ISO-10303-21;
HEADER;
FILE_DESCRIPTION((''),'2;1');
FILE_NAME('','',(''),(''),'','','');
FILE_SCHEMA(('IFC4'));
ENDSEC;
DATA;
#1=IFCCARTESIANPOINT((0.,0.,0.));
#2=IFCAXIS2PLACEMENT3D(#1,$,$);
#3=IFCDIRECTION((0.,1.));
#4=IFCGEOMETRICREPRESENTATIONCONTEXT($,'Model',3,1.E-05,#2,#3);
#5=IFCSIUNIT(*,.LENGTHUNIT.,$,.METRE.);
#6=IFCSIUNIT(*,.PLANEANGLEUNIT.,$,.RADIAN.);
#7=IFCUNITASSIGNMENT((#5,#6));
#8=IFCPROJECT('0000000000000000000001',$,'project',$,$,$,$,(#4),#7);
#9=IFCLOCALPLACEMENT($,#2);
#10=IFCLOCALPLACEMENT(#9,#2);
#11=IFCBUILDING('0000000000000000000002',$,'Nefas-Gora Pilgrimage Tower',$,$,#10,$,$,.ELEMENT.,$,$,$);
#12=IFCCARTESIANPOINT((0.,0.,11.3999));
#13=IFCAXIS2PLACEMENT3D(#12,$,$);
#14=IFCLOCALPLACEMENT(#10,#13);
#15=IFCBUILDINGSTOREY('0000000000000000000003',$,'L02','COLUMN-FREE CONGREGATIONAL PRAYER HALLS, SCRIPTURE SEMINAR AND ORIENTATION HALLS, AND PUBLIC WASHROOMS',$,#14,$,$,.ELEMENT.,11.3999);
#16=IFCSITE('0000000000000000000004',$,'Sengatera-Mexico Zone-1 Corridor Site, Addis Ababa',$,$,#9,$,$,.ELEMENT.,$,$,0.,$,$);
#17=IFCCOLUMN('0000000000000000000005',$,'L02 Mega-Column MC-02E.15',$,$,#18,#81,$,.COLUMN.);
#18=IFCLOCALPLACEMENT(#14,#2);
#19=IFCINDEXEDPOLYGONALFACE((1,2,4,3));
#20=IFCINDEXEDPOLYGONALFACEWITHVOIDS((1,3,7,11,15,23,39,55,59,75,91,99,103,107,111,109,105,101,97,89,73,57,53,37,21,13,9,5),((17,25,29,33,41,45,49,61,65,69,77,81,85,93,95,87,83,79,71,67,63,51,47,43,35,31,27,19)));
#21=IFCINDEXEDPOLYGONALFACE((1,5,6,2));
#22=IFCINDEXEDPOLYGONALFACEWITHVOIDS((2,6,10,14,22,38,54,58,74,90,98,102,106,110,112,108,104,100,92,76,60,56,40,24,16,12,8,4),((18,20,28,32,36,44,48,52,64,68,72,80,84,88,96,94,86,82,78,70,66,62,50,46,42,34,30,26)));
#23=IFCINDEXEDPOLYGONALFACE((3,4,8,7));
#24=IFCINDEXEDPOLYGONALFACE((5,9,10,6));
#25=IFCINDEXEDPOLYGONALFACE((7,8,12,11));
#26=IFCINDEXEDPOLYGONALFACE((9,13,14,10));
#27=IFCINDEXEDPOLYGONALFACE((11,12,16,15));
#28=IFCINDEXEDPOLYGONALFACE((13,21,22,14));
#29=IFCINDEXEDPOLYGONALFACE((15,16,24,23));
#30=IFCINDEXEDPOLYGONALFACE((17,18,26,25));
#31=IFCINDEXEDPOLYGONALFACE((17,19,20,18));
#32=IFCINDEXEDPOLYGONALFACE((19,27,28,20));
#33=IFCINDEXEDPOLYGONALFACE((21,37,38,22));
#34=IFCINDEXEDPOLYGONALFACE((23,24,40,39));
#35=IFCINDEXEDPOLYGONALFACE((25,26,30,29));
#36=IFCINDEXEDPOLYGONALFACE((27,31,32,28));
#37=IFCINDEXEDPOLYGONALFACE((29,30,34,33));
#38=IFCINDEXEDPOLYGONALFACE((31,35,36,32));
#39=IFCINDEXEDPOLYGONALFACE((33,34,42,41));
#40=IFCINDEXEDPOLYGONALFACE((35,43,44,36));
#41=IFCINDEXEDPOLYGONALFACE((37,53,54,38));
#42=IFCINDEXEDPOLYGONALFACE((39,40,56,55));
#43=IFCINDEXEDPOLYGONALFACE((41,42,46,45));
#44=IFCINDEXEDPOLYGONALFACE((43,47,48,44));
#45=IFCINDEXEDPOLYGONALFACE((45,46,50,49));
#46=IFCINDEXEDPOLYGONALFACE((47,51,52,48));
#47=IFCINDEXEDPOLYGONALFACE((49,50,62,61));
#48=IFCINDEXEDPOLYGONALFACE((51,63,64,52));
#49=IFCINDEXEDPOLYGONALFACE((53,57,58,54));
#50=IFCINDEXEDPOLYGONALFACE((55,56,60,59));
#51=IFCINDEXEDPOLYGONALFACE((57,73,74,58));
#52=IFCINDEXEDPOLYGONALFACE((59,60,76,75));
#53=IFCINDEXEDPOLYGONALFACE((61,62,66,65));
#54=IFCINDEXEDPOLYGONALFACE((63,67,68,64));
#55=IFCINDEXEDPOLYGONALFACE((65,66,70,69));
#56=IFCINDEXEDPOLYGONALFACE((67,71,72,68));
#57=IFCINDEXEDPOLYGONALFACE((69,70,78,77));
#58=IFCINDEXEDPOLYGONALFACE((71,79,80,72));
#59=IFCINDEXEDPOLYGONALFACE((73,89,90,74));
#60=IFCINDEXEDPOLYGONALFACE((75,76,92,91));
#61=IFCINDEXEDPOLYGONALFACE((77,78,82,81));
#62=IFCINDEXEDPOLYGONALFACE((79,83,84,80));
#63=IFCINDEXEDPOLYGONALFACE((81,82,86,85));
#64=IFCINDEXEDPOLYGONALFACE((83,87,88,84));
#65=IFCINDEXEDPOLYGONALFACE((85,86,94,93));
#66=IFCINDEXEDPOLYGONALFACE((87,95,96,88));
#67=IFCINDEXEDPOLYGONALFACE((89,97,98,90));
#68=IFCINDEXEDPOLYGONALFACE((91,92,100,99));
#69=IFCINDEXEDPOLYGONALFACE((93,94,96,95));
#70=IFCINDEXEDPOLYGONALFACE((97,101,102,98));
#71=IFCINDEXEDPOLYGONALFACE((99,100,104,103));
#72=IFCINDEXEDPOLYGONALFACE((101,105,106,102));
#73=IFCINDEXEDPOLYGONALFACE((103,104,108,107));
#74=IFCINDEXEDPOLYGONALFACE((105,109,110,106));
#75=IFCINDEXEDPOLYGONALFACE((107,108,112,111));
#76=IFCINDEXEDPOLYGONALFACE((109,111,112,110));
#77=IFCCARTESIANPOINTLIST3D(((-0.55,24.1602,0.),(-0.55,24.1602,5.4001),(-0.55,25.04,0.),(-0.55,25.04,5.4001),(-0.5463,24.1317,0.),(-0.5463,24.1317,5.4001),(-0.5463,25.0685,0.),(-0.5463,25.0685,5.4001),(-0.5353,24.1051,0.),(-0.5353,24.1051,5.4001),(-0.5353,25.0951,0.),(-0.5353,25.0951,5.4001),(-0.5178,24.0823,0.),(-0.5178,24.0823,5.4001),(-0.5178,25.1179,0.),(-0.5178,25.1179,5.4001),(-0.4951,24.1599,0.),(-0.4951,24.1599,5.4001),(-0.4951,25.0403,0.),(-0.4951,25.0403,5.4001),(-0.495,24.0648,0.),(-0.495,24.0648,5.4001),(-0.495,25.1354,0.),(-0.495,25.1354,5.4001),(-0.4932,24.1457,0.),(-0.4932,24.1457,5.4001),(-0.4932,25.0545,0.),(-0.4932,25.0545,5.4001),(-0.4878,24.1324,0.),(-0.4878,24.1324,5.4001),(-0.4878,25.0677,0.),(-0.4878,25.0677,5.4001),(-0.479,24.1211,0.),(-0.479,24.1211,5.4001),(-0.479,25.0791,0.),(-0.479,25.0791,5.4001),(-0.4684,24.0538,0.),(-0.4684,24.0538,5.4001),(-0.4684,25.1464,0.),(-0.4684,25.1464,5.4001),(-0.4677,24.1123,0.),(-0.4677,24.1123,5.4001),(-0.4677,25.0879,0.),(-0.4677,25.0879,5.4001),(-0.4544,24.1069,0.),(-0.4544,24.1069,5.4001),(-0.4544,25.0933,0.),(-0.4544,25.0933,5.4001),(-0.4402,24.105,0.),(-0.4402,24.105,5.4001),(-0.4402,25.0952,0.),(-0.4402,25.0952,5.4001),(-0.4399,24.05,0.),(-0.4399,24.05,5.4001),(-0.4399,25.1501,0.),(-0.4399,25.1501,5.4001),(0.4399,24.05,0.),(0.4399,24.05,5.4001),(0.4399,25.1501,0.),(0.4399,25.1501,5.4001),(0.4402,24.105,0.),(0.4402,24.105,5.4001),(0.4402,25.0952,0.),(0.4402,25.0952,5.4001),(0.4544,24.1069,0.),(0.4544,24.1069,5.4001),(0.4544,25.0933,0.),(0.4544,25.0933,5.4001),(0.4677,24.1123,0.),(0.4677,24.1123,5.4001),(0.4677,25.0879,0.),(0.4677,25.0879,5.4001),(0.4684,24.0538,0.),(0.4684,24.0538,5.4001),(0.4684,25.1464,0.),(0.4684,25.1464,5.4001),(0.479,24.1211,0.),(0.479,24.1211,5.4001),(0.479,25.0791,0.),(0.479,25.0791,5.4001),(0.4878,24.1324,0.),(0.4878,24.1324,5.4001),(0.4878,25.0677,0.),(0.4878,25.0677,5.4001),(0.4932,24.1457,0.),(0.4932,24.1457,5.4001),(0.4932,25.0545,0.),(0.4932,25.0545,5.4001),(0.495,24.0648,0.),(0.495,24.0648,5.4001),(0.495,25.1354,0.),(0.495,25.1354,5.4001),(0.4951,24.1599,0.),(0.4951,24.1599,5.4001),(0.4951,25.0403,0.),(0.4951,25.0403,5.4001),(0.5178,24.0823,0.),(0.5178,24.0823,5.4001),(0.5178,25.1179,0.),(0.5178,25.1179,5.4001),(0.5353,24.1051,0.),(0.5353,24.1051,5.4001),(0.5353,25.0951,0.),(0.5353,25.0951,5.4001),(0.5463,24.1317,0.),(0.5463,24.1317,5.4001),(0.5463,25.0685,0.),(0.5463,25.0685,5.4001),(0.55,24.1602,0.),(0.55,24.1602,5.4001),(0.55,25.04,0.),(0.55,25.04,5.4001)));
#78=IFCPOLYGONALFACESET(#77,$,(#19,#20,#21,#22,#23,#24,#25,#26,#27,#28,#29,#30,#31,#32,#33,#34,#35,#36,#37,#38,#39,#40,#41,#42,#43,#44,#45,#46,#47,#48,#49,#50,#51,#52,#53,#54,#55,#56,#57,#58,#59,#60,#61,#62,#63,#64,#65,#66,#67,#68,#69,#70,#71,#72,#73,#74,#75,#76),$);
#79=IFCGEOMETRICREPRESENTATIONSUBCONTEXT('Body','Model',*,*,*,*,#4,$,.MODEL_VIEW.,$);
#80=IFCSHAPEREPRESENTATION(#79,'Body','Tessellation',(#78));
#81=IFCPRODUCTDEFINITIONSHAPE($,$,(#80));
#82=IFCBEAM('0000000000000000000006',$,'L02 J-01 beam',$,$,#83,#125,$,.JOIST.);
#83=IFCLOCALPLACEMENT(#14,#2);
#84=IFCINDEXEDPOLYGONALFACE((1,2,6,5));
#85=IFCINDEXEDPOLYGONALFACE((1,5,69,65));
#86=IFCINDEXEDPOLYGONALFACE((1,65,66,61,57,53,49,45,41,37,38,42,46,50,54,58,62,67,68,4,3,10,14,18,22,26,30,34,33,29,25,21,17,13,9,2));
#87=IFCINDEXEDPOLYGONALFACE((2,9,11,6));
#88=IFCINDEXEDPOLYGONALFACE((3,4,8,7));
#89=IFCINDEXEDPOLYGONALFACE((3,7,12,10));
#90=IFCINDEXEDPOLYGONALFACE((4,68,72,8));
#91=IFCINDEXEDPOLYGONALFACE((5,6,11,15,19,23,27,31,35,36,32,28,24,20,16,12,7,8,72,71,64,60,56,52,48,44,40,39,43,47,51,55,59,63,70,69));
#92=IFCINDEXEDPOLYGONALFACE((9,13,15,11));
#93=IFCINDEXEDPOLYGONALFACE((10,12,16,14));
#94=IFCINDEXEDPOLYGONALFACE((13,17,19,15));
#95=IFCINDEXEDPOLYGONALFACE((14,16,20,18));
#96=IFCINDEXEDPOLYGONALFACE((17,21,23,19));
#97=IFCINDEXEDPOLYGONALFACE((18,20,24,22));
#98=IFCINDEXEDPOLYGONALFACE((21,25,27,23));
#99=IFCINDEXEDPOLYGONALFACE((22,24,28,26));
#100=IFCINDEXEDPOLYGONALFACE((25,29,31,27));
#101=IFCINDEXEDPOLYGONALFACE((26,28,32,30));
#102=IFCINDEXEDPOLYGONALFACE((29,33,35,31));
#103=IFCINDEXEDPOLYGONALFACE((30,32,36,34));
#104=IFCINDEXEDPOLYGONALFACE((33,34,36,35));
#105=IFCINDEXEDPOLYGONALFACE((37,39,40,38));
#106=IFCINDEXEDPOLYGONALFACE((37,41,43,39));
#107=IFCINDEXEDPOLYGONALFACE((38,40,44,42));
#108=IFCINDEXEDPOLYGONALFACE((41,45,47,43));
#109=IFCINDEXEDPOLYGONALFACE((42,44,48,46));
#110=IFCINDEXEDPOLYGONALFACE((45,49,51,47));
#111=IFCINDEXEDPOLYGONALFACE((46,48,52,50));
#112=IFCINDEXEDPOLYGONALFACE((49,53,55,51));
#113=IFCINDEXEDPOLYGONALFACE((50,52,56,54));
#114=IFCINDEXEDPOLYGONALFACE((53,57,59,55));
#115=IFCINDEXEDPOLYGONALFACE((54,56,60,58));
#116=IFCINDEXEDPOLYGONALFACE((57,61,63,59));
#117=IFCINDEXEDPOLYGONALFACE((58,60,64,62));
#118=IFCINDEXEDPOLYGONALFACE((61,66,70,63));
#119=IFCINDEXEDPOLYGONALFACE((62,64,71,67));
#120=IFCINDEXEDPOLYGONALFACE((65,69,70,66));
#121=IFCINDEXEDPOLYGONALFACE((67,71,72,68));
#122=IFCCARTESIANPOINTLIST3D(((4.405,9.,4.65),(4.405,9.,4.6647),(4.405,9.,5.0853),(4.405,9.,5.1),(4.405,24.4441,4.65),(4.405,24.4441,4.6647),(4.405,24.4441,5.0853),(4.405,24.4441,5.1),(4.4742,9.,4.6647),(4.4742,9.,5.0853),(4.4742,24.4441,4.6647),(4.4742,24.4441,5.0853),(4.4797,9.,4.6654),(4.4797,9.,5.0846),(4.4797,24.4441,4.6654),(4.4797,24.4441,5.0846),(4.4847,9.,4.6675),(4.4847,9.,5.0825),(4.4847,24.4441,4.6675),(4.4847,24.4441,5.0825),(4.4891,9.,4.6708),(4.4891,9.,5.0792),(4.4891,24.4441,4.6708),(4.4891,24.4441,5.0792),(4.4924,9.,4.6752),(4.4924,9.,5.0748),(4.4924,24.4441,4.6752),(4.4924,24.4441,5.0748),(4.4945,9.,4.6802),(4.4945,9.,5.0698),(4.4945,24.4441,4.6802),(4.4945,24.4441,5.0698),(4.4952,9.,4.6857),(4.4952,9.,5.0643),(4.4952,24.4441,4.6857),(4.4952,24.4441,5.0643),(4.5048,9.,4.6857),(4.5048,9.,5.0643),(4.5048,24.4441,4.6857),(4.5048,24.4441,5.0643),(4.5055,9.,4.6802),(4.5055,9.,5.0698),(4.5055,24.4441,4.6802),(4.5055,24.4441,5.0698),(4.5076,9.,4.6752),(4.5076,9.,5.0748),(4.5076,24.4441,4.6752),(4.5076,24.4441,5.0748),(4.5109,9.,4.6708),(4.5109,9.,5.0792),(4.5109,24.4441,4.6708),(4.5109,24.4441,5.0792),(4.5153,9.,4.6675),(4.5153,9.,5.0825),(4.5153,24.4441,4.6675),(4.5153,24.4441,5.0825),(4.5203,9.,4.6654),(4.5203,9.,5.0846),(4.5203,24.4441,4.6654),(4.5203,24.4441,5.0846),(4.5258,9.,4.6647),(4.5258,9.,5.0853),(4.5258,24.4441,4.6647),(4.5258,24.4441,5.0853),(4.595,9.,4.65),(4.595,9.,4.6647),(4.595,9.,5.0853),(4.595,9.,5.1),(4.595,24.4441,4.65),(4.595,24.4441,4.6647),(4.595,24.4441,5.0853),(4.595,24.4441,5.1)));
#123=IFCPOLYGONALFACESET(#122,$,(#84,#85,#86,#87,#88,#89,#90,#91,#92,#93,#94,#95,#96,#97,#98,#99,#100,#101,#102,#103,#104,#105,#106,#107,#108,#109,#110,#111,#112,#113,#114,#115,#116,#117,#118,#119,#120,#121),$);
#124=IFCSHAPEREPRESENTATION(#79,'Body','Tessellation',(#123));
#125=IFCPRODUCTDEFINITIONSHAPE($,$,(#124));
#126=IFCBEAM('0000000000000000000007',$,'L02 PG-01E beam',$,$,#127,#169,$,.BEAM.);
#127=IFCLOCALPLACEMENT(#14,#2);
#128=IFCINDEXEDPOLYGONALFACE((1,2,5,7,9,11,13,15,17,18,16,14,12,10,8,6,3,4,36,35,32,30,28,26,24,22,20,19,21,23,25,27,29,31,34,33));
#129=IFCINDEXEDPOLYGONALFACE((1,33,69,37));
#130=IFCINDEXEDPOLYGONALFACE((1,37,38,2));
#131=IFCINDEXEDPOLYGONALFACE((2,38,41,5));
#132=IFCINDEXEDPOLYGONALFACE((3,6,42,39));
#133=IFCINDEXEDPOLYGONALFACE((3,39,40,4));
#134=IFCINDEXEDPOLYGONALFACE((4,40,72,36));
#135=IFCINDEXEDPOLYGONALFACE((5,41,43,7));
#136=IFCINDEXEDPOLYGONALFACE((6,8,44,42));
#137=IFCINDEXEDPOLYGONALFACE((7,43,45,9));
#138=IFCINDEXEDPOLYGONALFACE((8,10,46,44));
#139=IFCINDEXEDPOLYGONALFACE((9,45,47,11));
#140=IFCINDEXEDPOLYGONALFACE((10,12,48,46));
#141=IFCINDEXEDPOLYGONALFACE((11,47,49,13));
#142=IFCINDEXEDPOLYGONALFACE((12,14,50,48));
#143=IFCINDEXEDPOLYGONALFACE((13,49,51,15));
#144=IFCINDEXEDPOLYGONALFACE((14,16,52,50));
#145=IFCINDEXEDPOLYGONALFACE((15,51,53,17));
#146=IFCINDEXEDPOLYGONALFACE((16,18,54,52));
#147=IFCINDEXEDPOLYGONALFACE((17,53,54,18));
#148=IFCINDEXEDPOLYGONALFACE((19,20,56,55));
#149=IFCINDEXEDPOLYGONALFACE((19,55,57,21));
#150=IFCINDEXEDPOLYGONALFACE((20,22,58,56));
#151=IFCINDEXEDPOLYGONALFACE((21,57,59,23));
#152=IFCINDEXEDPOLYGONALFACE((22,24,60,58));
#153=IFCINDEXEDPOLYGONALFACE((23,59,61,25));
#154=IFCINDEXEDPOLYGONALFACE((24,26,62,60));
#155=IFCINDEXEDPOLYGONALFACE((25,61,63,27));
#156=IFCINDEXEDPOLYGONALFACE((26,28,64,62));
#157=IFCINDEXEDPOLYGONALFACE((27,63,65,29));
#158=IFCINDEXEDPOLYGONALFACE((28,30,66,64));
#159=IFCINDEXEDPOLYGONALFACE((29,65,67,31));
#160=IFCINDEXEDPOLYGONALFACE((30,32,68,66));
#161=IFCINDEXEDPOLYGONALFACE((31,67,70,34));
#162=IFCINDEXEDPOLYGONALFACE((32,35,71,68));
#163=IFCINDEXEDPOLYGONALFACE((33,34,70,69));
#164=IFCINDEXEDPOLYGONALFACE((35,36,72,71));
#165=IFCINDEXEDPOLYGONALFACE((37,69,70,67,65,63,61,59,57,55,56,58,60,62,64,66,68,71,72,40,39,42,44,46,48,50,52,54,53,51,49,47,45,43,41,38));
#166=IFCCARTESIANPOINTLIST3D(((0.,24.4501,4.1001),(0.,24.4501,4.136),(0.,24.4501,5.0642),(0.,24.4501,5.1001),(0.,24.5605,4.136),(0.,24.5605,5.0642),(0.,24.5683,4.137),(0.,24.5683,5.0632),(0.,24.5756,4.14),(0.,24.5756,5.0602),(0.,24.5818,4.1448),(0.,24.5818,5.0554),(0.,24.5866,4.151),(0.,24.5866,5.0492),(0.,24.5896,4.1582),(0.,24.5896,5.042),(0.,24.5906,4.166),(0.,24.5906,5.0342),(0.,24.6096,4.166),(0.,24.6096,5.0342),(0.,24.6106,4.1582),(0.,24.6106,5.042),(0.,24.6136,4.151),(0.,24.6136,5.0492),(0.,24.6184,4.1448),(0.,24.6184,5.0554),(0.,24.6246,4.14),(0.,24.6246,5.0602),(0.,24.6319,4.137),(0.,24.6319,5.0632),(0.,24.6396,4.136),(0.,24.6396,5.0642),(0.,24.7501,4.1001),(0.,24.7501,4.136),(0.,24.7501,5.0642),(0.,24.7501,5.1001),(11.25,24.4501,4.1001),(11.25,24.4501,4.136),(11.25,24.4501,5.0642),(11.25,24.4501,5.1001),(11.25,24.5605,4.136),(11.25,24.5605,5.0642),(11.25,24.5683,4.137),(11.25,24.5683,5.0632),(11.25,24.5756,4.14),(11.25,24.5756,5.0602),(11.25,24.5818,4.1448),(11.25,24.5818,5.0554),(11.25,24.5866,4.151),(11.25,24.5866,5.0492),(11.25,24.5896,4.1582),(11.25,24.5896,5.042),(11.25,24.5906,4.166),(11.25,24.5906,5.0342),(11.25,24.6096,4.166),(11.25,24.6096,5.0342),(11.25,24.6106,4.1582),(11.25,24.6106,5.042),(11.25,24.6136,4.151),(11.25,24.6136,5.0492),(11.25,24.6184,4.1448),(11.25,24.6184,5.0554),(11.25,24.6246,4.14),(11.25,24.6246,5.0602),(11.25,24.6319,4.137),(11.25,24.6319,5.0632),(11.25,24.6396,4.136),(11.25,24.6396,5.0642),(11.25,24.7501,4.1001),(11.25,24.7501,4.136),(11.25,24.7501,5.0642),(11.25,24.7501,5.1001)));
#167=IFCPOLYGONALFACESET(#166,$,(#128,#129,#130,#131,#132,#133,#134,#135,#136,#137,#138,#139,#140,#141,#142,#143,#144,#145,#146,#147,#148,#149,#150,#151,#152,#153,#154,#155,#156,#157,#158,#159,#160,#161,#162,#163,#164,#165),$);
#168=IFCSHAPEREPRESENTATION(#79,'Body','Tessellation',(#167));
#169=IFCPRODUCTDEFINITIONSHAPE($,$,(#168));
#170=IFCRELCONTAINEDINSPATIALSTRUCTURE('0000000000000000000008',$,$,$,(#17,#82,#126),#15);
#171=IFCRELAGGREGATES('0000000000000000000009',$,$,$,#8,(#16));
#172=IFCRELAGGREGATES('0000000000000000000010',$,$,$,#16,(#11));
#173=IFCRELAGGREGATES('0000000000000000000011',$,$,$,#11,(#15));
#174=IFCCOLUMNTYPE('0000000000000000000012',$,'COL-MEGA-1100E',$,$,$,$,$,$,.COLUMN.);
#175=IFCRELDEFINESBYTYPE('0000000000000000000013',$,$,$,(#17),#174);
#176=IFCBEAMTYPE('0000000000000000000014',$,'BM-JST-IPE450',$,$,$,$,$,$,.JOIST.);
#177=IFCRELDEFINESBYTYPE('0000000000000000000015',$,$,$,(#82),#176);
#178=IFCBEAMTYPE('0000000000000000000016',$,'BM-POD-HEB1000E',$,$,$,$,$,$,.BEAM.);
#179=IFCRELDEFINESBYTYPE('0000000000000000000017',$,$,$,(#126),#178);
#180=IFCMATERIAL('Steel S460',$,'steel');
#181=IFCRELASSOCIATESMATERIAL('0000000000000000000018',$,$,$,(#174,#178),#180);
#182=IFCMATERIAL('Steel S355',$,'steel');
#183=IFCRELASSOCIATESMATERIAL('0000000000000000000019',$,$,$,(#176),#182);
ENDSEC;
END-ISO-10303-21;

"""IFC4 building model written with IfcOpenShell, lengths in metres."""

from ifc_helpers import new_model, si_unit, direction, frame, origin, origin_2d, place, context, subcontext, project, spatial, hollow_rectangle, i_section, extrude, source, transform, mapped, material, material_profile, profile_set, type_object, element, save


model = new_model("IFC4")

# Units and contexts
model_context = context("Model", 3, precision=1e-05, world=origin(), true_north=direction((0.0, 1.0)))
body_context = subcontext(model_context, "Body", "Model", "MODEL_VIEW")
ifc_project = project(units=[si_unit("LENGTHUNIT", "METRE"), si_unit("PLANEANGLEUNIT", "RADIAN")], contexts=[model_context])

# Site, building, storey
site_placement = place(None, origin())
site = spatial("IfcSite", under=ifc_project, at=site_placement, Name="Sengatera-Mexico Zone-1 Corridor Site, Addis Ababa", CompositionType="ELEMENT", RefElevation=0.0)
building_placement = place(site_placement, origin())
building = spatial("IfcBuilding", under=site, at=building_placement, Name="Nefas-Gora Pilgrimage Tower", CompositionType="ELEMENT")
storey_placement = place(building_placement, frame((0.0, 0.0, 11.3999)))
storey = spatial("IfcBuildingStorey", under=building, at=storey_placement, Name="L02", Description="COLUMN-FREE CONGREGATIONAL PRAYER HALLS, SCRIPTURE SEMINAR AND ORIENTATION HALLS, AND PUBLIC WASHROOMS", CompositionType="ELEMENT", Elevation=11.3999)

# Column
ifc_material_1 = material(Name="Steel S460", Category="steel")
ifc_material_profile_1 = material_profile(ifc_material_1, hollow_rectangle(XDim=1.1001, YDim=1.1001, WallThickness=0.0549, InnerFilletRadius=0.0549, OuterFilletRadius=0.1101, at=origin_2d()), Name="BOX 1100x1100x55")
ifc_profile_set_1 = profile_set([ifc_material_profile_1], Name="Steel S460")
column_type = type_object("IfcColumnType", Name="COL-MEGA-1100E", PredefinedType="COLUMN", material=ifc_profile_set_1)
shared_shape_1 = source(origin(), body_context, "Body", "SweptSolid", [
    extrude(hollow_rectangle(XDim=1.1001, YDim=1.1001, WallThickness=0.0549, InnerFilletRadius=0.0549, OuterFilletRadius=0.1101, at=origin_2d()), origin(), (0.0, 0.0, 1.0), 5.4001),
])
column_placement = place(storey_placement, frame((0.0, 24.6001, 0.0), z_axis=(0.0, 0.0, 1.0), x_axis=(1.0, 0.0, 0.0)))
element("IfcColumn", 1, at=column_placement, inside=storey, type_object=column_type, Name="L02 Mega-Column MC-02E.15", PredefinedType="COLUMN", context=body_context, shape_type="MappedRepresentation", body=[
    mapped(shared_shape_1, transform((0.0, 0.0, 0.0), x_axis=(1.0, 0.0, 0.0), y_axis=(0.0, 1.0, 0.0), z_axis=(0.0, 0.0, 1.0), scale=1.0)),
])

# Beams
ifc_material_2 = material(Name="Steel S355", Category="steel")
ifc_material_profile_2 = material_profile(ifc_material_2, i_section(OverallWidth=0.1899, OverallDepth=0.45, WebThickness=0.0095, FlangeThickness=0.0146, FilletRadius=0.021, at=origin_2d()), Name="IPE 450")
ifc_profile_set_2 = profile_set([ifc_material_profile_2], Name="Steel S355")
beam_type_1 = type_object("IfcBeamType", Name="BM-JST-IPE450", PredefinedType="JOIST", material=ifc_profile_set_2)
shared_shape_2 = source(origin(), body_context, "Body", "SweptSolid", [
    extrude(i_section(OverallWidth=0.1899, OverallDepth=0.45, WebThickness=0.0095, FlangeThickness=0.0146, FilletRadius=0.021, at=origin_2d()), origin(), (0.0, 0.0, 1.0), 15.4441),
])
beam_1_placement = place(storey_placement, frame((4.5, 9.0, 4.875), z_axis=(0.0, 1.0, 0.0), x_axis=(-1.0, 0.0, 0.0)))
element("IfcBeam", 2, at=beam_1_placement, inside=storey, type_object=beam_type_1, Name="L02 J-01 beam", PredefinedType="JOIST", context=body_context, shape_type="MappedRepresentation", body=[
    mapped(shared_shape_2, transform((0.0, 0.0, 0.0), x_axis=(1.0, 0.0, 0.0), y_axis=(0.0, 1.0, 0.0), z_axis=(0.0, 0.0, 1.0), scale=1.0)),
])
ifc_material_profile_3 = material_profile(ifc_material_1, i_section(OverallWidth=0.3, OverallDepth=1.0, WebThickness=0.019, FlangeThickness=0.0359, FilletRadius=0.03, at=origin_2d()), Name="HEB 1000")
ifc_profile_set_3 = profile_set([ifc_material_profile_3], Name="Steel S460")
beam_type_2 = type_object("IfcBeamType", Name="BM-POD-HEB1000E", PredefinedType="BEAM", material=ifc_profile_set_3)
shared_shape_3 = source(origin(), body_context, "Body", "SweptSolid", [
    extrude(i_section(OverallWidth=0.3, OverallDepth=1.0, WebThickness=0.019, FlangeThickness=0.0359, FilletRadius=0.03, at=origin_2d()), origin(), (0.0, 0.0, 1.0), 11.25),
])
beam_2_placement = place(storey_placement, frame((0.0, 24.6001, 4.6001), z_axis=(1.0, 0.0, 0.0), x_axis=(0.0, 1.0, 0.0)))
element("IfcBeam", 3, at=beam_2_placement, inside=storey, type_object=beam_type_2, Name="L02 PG-01E beam", PredefinedType="BEAM", context=body_context, shape_type="MappedRepresentation", body=[
    mapped(shared_shape_3, transform((0.0, 0.0, 0.0), x_axis=(1.0, 0.0, 0.0), y_axis=(0.0, 1.0, 0.0), z_axis=(0.0, 0.0, 1.0), scale=1.0)),
])

save(model, "model.ifc")
